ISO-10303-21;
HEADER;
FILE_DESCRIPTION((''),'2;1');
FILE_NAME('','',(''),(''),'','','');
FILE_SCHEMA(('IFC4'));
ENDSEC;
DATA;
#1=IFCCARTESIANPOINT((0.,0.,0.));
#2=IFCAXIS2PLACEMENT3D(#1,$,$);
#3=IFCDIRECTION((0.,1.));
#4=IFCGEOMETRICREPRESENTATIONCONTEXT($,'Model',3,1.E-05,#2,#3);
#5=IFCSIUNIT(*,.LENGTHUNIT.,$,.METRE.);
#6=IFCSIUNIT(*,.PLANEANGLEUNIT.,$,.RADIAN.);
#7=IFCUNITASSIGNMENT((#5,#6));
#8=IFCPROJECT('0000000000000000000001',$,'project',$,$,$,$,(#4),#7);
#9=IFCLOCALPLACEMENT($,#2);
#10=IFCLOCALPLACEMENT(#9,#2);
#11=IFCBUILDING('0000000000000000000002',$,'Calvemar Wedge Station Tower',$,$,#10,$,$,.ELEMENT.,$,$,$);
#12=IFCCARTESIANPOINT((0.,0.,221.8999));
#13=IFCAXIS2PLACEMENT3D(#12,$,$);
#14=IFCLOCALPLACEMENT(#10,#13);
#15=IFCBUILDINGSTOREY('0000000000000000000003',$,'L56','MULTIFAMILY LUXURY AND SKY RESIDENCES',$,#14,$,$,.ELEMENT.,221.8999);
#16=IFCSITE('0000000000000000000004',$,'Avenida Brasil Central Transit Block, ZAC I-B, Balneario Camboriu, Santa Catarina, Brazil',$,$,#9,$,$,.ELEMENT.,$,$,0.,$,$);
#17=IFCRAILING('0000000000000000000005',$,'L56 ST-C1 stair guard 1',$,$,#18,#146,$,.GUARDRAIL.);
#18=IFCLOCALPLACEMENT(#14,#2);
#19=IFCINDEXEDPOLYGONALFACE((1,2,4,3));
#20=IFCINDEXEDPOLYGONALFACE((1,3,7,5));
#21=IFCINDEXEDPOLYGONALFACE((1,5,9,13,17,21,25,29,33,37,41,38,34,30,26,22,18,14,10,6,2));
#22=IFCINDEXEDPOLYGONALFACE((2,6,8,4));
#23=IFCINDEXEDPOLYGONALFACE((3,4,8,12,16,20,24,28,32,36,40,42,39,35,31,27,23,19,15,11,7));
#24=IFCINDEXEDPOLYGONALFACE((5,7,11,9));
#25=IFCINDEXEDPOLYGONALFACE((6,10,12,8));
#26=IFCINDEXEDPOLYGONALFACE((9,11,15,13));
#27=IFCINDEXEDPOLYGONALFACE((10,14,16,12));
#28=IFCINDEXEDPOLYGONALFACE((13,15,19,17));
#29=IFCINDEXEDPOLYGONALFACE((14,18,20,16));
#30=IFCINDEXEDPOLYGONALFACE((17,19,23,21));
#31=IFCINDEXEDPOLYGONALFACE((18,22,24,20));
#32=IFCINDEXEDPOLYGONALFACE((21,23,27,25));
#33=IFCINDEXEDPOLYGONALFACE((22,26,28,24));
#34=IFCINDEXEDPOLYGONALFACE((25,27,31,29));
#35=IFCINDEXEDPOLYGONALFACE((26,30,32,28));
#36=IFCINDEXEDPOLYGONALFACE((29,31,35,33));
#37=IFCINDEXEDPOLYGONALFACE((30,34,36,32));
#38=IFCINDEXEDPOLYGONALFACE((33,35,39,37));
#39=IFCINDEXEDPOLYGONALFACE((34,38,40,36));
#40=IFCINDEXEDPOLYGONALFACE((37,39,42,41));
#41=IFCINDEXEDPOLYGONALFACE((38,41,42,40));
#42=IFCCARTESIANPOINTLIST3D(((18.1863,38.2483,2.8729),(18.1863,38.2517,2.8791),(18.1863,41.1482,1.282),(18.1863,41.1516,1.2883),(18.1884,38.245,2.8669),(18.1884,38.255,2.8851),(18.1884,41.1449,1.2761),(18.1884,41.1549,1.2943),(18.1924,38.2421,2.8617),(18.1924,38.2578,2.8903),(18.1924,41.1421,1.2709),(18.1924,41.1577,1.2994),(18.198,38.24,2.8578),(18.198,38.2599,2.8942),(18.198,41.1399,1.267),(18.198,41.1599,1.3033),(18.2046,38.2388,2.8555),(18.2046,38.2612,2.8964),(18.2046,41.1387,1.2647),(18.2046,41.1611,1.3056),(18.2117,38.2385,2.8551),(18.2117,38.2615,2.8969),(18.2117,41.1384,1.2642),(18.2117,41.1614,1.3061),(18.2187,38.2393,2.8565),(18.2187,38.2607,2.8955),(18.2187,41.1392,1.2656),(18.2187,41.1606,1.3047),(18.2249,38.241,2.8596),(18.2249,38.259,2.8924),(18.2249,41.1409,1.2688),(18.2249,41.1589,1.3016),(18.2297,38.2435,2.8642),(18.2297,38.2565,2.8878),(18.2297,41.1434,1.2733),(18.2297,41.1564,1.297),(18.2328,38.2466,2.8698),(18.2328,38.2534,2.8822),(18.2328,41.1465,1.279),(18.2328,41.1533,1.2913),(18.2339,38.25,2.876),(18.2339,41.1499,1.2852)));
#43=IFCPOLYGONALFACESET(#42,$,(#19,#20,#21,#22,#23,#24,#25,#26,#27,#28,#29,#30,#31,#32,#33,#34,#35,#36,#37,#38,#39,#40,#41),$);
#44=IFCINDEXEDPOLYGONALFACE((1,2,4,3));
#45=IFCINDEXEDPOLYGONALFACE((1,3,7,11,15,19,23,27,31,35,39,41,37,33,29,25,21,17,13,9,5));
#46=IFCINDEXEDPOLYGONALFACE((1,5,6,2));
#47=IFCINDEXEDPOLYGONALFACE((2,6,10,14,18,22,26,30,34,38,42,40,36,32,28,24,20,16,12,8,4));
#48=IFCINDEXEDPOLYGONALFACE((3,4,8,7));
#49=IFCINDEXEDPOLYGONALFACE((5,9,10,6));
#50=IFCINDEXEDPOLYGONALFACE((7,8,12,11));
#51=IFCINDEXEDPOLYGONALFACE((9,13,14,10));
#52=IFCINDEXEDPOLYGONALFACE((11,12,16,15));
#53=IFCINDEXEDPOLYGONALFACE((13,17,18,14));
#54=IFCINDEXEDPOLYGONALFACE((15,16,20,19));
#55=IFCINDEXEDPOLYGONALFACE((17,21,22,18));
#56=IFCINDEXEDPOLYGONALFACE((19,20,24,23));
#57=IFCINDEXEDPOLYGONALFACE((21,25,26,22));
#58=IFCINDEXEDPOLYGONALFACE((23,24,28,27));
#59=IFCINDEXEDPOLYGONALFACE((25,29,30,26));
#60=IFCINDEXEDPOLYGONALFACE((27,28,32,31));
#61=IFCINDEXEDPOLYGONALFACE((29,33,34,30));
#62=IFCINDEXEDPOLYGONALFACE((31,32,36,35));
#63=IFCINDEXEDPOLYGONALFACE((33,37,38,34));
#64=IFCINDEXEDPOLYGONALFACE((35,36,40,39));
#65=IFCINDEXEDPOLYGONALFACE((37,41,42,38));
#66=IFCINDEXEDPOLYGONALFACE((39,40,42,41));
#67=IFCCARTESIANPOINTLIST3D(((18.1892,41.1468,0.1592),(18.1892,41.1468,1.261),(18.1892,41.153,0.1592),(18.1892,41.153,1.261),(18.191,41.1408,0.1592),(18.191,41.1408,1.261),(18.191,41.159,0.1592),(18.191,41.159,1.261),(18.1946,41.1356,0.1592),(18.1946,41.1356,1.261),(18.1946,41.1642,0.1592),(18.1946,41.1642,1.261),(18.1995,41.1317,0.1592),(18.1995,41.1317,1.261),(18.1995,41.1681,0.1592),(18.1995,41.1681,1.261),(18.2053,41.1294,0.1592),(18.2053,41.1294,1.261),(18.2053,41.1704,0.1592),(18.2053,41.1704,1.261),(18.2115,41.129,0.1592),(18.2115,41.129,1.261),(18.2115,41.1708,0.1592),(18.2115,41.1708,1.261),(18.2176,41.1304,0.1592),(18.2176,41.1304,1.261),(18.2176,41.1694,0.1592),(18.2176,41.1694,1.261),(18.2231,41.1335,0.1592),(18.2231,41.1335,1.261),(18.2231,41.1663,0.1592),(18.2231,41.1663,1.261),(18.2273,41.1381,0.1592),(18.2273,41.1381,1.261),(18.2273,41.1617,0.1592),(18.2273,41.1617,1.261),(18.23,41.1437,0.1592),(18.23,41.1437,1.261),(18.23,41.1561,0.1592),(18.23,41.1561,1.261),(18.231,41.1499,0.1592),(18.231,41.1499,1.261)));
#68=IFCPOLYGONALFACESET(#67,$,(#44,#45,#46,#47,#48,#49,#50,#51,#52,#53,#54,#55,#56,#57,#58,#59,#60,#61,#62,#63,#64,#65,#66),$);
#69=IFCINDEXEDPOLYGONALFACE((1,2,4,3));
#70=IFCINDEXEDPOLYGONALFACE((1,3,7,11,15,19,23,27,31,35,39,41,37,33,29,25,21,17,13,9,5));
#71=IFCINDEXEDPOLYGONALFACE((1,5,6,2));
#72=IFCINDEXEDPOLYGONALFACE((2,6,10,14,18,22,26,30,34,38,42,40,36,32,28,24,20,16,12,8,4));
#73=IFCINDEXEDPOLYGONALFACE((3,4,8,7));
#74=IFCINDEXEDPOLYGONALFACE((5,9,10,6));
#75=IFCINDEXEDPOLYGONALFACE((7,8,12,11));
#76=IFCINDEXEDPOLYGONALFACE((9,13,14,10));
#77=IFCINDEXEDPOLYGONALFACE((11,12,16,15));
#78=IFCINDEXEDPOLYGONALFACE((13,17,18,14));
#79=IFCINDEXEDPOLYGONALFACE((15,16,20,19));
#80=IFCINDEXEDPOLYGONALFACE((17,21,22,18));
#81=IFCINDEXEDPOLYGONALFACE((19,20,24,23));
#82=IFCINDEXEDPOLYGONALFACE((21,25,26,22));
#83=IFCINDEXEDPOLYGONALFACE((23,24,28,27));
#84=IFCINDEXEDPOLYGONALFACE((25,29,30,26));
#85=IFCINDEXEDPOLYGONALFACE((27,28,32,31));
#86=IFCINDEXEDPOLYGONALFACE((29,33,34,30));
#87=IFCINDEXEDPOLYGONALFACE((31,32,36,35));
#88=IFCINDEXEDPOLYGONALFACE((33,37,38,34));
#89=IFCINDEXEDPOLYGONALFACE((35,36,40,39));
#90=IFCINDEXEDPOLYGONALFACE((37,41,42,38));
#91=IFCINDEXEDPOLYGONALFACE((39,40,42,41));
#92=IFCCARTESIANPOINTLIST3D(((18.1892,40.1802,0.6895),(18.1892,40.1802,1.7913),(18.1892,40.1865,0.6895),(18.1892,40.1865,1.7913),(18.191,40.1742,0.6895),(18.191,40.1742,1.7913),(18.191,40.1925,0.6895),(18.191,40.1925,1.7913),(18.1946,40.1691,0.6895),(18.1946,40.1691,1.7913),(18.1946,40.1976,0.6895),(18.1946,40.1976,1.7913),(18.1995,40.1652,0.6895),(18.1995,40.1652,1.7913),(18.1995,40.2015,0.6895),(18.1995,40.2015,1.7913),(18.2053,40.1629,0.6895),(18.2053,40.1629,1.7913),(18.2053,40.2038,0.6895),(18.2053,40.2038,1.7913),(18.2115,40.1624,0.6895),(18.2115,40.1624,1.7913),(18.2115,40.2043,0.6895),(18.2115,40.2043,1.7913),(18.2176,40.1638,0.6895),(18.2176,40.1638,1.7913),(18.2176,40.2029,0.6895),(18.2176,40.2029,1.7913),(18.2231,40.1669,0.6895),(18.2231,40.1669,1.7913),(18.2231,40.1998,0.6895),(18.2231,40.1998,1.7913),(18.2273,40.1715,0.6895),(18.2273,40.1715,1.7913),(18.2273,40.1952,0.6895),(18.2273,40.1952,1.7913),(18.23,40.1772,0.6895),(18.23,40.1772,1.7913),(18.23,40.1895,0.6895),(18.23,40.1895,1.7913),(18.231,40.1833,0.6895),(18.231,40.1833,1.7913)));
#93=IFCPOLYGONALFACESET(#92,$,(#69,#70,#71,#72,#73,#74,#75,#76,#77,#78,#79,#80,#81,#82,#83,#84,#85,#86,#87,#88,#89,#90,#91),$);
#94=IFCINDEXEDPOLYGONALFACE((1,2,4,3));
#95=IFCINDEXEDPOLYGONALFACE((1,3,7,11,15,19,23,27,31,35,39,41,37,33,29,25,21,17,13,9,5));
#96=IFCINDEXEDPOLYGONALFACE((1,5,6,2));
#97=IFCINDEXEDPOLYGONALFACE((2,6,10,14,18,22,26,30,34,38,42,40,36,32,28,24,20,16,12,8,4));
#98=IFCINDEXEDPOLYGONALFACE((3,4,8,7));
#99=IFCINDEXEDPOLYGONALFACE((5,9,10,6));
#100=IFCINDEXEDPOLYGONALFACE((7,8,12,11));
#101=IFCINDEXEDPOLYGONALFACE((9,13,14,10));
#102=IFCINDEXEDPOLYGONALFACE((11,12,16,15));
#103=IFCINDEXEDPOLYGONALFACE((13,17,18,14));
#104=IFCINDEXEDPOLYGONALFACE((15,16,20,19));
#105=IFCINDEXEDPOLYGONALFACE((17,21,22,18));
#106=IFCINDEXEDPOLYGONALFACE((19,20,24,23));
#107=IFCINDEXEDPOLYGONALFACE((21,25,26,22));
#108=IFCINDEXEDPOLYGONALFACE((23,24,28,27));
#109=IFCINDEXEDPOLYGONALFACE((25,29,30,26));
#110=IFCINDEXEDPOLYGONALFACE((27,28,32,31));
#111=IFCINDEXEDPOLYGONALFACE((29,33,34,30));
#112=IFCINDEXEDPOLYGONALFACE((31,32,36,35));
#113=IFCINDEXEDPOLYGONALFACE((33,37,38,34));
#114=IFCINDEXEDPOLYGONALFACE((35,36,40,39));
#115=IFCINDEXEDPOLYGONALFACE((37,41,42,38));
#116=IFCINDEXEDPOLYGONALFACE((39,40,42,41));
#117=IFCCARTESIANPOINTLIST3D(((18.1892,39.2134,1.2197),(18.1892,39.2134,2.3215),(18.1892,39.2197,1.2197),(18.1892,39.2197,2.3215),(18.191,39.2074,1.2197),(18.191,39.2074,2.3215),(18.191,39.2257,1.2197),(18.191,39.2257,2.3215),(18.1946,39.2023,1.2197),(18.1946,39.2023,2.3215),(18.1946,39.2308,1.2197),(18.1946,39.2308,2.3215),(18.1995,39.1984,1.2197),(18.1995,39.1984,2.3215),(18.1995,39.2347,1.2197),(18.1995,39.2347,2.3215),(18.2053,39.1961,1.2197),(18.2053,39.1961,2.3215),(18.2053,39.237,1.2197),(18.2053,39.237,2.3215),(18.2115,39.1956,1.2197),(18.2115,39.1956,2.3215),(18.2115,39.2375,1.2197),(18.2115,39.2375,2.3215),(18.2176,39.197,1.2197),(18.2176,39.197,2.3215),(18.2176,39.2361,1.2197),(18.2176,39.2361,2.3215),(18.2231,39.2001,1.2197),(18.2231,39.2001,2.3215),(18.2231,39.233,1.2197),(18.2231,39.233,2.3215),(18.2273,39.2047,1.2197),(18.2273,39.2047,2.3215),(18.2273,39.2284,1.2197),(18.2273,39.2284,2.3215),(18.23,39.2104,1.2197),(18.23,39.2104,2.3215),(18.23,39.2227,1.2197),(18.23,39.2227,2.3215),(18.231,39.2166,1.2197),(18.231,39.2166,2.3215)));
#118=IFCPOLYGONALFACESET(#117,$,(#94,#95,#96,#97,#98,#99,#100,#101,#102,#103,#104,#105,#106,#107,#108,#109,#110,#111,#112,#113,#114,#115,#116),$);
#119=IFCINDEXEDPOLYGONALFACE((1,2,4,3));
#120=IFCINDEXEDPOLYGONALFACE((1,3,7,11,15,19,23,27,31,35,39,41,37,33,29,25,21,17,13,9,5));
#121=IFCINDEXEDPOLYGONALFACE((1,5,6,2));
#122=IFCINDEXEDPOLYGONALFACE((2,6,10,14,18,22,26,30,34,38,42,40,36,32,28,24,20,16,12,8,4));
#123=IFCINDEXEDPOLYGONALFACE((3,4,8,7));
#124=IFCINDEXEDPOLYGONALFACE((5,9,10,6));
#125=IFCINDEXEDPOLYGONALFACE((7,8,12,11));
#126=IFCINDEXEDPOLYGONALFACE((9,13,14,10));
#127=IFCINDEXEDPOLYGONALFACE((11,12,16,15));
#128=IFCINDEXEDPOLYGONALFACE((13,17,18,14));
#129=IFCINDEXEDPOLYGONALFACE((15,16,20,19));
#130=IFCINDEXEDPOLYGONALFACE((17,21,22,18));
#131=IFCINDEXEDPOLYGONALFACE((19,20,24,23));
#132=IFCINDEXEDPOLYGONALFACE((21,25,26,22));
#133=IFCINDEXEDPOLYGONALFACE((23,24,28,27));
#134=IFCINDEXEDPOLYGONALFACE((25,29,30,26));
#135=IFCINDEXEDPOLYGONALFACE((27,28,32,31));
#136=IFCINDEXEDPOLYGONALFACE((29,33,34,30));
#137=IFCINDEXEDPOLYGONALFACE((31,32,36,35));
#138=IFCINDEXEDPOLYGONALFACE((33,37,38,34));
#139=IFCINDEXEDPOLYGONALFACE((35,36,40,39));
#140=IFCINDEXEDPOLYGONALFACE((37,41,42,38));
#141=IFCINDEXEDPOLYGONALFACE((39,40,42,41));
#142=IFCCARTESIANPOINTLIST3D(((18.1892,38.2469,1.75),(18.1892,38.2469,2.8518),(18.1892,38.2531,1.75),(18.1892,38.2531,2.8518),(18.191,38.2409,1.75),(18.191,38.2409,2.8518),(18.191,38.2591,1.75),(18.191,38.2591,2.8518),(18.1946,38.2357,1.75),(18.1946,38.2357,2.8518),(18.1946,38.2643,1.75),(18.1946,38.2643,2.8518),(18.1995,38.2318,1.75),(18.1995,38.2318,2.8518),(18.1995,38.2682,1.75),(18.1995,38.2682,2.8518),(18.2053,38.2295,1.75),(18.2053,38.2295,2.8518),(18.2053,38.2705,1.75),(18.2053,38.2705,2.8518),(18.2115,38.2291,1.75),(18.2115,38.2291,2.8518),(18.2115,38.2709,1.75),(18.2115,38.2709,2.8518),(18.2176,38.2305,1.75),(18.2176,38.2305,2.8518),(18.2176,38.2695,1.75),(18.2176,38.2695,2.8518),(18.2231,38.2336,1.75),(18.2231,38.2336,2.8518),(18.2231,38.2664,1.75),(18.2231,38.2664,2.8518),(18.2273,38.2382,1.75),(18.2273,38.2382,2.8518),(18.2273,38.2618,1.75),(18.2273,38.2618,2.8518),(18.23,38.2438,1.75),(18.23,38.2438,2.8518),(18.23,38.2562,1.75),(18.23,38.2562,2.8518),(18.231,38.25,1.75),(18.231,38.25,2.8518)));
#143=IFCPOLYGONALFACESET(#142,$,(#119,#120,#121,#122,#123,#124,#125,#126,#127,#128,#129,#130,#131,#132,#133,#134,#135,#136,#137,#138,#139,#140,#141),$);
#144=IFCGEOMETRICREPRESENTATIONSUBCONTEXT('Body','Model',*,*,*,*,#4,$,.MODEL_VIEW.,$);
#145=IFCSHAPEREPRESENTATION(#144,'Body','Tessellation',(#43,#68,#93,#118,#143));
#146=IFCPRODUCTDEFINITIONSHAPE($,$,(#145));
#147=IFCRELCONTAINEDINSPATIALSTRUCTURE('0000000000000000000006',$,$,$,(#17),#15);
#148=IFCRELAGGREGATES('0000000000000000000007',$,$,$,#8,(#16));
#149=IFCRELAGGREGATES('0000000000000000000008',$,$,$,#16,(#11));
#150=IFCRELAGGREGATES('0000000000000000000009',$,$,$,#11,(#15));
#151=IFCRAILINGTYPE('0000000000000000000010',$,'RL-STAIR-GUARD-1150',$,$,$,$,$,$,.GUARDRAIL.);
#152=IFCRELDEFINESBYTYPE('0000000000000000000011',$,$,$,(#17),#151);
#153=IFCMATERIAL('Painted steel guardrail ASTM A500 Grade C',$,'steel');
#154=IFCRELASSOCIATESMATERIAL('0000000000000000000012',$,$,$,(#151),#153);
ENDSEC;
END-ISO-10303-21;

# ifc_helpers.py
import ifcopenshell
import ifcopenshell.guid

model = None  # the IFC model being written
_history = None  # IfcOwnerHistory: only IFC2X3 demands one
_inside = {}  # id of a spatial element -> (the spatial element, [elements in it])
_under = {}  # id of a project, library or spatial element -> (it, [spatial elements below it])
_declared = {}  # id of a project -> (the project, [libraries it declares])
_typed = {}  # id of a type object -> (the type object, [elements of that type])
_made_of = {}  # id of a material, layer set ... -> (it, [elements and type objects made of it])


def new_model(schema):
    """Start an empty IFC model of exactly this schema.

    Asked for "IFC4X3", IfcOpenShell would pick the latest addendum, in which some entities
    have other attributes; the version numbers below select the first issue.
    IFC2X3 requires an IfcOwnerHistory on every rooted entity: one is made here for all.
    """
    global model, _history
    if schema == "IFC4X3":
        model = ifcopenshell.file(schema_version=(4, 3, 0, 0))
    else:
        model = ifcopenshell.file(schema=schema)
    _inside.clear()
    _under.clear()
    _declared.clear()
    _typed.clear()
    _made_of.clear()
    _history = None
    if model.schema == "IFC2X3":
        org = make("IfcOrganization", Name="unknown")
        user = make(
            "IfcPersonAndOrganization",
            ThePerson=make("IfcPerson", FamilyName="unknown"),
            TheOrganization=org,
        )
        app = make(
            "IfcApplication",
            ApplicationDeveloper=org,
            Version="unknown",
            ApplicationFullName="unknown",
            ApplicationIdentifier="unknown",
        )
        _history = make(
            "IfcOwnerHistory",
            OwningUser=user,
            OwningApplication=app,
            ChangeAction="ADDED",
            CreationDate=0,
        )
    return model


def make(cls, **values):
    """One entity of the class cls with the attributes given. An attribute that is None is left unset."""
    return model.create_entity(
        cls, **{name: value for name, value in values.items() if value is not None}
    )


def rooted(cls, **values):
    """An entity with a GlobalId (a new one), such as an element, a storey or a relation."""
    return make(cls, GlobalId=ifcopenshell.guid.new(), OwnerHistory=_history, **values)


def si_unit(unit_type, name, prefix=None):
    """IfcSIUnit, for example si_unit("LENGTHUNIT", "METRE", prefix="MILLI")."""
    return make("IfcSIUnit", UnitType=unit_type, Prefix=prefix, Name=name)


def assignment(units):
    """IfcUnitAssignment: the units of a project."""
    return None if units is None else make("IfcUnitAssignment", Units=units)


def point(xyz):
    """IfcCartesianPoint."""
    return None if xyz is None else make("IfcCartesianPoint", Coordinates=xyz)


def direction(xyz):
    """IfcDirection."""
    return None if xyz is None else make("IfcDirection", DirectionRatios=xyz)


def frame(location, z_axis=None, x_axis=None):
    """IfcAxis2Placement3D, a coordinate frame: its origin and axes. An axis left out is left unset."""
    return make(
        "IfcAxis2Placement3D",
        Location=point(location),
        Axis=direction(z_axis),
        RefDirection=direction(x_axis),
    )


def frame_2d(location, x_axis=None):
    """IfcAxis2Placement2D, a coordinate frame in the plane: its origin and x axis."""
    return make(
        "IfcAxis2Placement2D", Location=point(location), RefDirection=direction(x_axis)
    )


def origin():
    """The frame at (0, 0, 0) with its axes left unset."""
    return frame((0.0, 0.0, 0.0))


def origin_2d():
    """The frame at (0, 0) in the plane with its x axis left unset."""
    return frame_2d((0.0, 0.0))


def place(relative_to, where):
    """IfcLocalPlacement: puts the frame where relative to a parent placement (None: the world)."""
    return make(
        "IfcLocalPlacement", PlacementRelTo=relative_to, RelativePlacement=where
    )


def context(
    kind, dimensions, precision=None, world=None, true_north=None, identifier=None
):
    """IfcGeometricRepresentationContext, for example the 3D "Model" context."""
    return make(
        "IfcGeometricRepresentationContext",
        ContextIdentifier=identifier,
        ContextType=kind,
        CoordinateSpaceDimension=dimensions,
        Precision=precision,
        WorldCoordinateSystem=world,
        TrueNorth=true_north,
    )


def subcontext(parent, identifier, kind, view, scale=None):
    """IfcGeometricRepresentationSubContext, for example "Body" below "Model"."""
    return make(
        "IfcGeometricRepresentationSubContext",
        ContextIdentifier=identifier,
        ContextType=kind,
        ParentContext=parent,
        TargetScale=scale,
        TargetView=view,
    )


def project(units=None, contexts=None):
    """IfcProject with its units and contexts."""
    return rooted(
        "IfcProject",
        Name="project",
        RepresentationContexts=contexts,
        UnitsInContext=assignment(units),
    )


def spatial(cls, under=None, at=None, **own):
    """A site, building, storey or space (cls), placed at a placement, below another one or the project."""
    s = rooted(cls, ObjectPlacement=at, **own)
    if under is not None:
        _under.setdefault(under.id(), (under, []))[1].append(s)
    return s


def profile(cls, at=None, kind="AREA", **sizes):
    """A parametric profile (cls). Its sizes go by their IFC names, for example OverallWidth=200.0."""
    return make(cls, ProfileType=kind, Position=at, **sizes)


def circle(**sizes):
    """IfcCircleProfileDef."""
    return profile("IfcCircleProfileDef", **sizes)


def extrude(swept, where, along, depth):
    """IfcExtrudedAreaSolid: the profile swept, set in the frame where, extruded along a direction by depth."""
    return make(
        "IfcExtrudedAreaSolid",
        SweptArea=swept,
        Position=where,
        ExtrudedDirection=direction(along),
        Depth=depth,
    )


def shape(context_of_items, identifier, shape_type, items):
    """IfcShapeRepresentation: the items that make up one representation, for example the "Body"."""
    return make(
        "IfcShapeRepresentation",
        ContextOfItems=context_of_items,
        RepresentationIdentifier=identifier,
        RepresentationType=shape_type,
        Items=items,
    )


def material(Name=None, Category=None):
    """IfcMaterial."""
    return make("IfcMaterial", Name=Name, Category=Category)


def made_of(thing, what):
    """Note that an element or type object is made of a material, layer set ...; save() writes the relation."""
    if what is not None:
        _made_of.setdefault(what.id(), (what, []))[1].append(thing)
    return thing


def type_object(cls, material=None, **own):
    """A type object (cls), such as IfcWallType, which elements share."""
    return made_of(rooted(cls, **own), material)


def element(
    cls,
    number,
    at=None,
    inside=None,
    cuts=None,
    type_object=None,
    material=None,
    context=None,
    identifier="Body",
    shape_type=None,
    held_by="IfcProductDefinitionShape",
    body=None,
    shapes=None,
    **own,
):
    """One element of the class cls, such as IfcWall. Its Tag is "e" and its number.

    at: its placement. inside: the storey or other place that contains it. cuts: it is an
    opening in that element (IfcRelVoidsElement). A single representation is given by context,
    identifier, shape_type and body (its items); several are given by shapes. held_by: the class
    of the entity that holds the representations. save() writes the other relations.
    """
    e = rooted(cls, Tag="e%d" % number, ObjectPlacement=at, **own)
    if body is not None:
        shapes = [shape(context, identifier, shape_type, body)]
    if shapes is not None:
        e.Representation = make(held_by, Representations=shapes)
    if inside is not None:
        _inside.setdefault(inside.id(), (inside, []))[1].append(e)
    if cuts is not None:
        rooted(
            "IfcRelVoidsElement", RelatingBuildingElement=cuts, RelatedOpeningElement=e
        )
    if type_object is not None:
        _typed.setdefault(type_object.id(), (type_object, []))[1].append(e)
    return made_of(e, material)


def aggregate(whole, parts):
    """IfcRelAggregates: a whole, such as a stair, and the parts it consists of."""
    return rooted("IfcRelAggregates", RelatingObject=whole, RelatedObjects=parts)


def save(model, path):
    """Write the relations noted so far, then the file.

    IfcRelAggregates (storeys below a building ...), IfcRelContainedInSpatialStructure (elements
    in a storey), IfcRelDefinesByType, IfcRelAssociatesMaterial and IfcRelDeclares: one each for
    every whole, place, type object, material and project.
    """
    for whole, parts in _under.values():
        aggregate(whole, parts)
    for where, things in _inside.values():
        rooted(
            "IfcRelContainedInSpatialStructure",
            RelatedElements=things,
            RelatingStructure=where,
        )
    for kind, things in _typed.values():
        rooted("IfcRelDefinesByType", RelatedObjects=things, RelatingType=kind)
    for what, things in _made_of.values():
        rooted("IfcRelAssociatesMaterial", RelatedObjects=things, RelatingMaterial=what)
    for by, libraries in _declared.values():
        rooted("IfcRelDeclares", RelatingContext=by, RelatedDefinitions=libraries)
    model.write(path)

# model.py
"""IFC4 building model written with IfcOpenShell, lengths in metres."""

from ifc_helpers import new_model, si_unit, direction, frame, origin, origin_2d, place, context, subcontext, project, spatial, circle, extrude, material, type_object, element, save


model = new_model("IFC4")

# Units and contexts
model_context = context("Model", 3, precision=1e-05, world=origin(), true_north=direction((0.0, 1.0)))
body_context = subcontext(model_context, "Body", "Model", "MODEL_VIEW")
ifc_project = project(units=[si_unit("LENGTHUNIT", "METRE"), si_unit("PLANEANGLEUNIT", "RADIAN")], contexts=[model_context])

# Site, building, storey
site_placement = place(None, origin())
site = spatial("IfcSite", under=ifc_project, at=site_placement, Name="Avenida Brasil Central Transit Block, ZAC I-B, Balneario Camboriu, Santa Catarina, Brazil", CompositionType="ELEMENT", RefElevation=0.0)
building_placement = place(site_placement, origin())
building = spatial("IfcBuilding", under=site, at=building_placement, Name="Calvemar Wedge Station Tower", CompositionType="ELEMENT")
storey_placement = place(building_placement, frame((0.0, 0.0, 221.8999)))
storey = spatial("IfcBuildingStorey", under=building, at=storey_placement, Name="L56", Description="MULTIFAMILY LUXURY AND SKY RESIDENCES", CompositionType="ELEMENT", Elevation=221.8999)

# Railing
ifc_material_1 = material(Name="Painted steel guardrail ASTM A500 Grade C", Category="steel")
railing_type = type_object("IfcRailingType", Name="RL-STAIR-GUARD-1150", PredefinedType="GUARDRAIL", material=ifc_material_1)
railing_1_placement = place(storey_placement, frame((18.21, 41.1499, 0.1592)))
element("IfcRailing", 1, at=railing_1_placement, inside=storey, type_object=railing_type, Name="L56 ST-C1 stair guard 1", PredefinedType="GUARDRAIL", context=body_context, shape_type="SweptSolid", body=[
    extrude(circle(Radius=0.0239, at=origin_2d()), frame((0.0, 0.0, 1.126), z_axis=(0.0, -0.876742, 0.480961), x_axis=(1.0, 0.0, 0.0)), (0.0, 0.0, 1.0), 3.3076),
    extrude(circle(Radius=0.021, at=origin_2d()), origin(), (0.0, 0.0, 1.0), 1.1018),
    extrude(circle(Radius=0.021, at=origin_2d()), frame((0.0, -0.9666, 0.5303)), (0.0, 0.0, 1.0), 1.1018),
    extrude(circle(Radius=0.021, at=origin_2d()), frame((0.0, -1.9333, 1.0605)), (0.0, 0.0, 1.0), 1.1018),
    extrude(circle(Radius=0.021, at=origin_2d()), frame((0.0, -2.8999, 1.5908)), (0.0, 0.0, 1.0), 1.1018),
])

save(model, "model.ifc")
